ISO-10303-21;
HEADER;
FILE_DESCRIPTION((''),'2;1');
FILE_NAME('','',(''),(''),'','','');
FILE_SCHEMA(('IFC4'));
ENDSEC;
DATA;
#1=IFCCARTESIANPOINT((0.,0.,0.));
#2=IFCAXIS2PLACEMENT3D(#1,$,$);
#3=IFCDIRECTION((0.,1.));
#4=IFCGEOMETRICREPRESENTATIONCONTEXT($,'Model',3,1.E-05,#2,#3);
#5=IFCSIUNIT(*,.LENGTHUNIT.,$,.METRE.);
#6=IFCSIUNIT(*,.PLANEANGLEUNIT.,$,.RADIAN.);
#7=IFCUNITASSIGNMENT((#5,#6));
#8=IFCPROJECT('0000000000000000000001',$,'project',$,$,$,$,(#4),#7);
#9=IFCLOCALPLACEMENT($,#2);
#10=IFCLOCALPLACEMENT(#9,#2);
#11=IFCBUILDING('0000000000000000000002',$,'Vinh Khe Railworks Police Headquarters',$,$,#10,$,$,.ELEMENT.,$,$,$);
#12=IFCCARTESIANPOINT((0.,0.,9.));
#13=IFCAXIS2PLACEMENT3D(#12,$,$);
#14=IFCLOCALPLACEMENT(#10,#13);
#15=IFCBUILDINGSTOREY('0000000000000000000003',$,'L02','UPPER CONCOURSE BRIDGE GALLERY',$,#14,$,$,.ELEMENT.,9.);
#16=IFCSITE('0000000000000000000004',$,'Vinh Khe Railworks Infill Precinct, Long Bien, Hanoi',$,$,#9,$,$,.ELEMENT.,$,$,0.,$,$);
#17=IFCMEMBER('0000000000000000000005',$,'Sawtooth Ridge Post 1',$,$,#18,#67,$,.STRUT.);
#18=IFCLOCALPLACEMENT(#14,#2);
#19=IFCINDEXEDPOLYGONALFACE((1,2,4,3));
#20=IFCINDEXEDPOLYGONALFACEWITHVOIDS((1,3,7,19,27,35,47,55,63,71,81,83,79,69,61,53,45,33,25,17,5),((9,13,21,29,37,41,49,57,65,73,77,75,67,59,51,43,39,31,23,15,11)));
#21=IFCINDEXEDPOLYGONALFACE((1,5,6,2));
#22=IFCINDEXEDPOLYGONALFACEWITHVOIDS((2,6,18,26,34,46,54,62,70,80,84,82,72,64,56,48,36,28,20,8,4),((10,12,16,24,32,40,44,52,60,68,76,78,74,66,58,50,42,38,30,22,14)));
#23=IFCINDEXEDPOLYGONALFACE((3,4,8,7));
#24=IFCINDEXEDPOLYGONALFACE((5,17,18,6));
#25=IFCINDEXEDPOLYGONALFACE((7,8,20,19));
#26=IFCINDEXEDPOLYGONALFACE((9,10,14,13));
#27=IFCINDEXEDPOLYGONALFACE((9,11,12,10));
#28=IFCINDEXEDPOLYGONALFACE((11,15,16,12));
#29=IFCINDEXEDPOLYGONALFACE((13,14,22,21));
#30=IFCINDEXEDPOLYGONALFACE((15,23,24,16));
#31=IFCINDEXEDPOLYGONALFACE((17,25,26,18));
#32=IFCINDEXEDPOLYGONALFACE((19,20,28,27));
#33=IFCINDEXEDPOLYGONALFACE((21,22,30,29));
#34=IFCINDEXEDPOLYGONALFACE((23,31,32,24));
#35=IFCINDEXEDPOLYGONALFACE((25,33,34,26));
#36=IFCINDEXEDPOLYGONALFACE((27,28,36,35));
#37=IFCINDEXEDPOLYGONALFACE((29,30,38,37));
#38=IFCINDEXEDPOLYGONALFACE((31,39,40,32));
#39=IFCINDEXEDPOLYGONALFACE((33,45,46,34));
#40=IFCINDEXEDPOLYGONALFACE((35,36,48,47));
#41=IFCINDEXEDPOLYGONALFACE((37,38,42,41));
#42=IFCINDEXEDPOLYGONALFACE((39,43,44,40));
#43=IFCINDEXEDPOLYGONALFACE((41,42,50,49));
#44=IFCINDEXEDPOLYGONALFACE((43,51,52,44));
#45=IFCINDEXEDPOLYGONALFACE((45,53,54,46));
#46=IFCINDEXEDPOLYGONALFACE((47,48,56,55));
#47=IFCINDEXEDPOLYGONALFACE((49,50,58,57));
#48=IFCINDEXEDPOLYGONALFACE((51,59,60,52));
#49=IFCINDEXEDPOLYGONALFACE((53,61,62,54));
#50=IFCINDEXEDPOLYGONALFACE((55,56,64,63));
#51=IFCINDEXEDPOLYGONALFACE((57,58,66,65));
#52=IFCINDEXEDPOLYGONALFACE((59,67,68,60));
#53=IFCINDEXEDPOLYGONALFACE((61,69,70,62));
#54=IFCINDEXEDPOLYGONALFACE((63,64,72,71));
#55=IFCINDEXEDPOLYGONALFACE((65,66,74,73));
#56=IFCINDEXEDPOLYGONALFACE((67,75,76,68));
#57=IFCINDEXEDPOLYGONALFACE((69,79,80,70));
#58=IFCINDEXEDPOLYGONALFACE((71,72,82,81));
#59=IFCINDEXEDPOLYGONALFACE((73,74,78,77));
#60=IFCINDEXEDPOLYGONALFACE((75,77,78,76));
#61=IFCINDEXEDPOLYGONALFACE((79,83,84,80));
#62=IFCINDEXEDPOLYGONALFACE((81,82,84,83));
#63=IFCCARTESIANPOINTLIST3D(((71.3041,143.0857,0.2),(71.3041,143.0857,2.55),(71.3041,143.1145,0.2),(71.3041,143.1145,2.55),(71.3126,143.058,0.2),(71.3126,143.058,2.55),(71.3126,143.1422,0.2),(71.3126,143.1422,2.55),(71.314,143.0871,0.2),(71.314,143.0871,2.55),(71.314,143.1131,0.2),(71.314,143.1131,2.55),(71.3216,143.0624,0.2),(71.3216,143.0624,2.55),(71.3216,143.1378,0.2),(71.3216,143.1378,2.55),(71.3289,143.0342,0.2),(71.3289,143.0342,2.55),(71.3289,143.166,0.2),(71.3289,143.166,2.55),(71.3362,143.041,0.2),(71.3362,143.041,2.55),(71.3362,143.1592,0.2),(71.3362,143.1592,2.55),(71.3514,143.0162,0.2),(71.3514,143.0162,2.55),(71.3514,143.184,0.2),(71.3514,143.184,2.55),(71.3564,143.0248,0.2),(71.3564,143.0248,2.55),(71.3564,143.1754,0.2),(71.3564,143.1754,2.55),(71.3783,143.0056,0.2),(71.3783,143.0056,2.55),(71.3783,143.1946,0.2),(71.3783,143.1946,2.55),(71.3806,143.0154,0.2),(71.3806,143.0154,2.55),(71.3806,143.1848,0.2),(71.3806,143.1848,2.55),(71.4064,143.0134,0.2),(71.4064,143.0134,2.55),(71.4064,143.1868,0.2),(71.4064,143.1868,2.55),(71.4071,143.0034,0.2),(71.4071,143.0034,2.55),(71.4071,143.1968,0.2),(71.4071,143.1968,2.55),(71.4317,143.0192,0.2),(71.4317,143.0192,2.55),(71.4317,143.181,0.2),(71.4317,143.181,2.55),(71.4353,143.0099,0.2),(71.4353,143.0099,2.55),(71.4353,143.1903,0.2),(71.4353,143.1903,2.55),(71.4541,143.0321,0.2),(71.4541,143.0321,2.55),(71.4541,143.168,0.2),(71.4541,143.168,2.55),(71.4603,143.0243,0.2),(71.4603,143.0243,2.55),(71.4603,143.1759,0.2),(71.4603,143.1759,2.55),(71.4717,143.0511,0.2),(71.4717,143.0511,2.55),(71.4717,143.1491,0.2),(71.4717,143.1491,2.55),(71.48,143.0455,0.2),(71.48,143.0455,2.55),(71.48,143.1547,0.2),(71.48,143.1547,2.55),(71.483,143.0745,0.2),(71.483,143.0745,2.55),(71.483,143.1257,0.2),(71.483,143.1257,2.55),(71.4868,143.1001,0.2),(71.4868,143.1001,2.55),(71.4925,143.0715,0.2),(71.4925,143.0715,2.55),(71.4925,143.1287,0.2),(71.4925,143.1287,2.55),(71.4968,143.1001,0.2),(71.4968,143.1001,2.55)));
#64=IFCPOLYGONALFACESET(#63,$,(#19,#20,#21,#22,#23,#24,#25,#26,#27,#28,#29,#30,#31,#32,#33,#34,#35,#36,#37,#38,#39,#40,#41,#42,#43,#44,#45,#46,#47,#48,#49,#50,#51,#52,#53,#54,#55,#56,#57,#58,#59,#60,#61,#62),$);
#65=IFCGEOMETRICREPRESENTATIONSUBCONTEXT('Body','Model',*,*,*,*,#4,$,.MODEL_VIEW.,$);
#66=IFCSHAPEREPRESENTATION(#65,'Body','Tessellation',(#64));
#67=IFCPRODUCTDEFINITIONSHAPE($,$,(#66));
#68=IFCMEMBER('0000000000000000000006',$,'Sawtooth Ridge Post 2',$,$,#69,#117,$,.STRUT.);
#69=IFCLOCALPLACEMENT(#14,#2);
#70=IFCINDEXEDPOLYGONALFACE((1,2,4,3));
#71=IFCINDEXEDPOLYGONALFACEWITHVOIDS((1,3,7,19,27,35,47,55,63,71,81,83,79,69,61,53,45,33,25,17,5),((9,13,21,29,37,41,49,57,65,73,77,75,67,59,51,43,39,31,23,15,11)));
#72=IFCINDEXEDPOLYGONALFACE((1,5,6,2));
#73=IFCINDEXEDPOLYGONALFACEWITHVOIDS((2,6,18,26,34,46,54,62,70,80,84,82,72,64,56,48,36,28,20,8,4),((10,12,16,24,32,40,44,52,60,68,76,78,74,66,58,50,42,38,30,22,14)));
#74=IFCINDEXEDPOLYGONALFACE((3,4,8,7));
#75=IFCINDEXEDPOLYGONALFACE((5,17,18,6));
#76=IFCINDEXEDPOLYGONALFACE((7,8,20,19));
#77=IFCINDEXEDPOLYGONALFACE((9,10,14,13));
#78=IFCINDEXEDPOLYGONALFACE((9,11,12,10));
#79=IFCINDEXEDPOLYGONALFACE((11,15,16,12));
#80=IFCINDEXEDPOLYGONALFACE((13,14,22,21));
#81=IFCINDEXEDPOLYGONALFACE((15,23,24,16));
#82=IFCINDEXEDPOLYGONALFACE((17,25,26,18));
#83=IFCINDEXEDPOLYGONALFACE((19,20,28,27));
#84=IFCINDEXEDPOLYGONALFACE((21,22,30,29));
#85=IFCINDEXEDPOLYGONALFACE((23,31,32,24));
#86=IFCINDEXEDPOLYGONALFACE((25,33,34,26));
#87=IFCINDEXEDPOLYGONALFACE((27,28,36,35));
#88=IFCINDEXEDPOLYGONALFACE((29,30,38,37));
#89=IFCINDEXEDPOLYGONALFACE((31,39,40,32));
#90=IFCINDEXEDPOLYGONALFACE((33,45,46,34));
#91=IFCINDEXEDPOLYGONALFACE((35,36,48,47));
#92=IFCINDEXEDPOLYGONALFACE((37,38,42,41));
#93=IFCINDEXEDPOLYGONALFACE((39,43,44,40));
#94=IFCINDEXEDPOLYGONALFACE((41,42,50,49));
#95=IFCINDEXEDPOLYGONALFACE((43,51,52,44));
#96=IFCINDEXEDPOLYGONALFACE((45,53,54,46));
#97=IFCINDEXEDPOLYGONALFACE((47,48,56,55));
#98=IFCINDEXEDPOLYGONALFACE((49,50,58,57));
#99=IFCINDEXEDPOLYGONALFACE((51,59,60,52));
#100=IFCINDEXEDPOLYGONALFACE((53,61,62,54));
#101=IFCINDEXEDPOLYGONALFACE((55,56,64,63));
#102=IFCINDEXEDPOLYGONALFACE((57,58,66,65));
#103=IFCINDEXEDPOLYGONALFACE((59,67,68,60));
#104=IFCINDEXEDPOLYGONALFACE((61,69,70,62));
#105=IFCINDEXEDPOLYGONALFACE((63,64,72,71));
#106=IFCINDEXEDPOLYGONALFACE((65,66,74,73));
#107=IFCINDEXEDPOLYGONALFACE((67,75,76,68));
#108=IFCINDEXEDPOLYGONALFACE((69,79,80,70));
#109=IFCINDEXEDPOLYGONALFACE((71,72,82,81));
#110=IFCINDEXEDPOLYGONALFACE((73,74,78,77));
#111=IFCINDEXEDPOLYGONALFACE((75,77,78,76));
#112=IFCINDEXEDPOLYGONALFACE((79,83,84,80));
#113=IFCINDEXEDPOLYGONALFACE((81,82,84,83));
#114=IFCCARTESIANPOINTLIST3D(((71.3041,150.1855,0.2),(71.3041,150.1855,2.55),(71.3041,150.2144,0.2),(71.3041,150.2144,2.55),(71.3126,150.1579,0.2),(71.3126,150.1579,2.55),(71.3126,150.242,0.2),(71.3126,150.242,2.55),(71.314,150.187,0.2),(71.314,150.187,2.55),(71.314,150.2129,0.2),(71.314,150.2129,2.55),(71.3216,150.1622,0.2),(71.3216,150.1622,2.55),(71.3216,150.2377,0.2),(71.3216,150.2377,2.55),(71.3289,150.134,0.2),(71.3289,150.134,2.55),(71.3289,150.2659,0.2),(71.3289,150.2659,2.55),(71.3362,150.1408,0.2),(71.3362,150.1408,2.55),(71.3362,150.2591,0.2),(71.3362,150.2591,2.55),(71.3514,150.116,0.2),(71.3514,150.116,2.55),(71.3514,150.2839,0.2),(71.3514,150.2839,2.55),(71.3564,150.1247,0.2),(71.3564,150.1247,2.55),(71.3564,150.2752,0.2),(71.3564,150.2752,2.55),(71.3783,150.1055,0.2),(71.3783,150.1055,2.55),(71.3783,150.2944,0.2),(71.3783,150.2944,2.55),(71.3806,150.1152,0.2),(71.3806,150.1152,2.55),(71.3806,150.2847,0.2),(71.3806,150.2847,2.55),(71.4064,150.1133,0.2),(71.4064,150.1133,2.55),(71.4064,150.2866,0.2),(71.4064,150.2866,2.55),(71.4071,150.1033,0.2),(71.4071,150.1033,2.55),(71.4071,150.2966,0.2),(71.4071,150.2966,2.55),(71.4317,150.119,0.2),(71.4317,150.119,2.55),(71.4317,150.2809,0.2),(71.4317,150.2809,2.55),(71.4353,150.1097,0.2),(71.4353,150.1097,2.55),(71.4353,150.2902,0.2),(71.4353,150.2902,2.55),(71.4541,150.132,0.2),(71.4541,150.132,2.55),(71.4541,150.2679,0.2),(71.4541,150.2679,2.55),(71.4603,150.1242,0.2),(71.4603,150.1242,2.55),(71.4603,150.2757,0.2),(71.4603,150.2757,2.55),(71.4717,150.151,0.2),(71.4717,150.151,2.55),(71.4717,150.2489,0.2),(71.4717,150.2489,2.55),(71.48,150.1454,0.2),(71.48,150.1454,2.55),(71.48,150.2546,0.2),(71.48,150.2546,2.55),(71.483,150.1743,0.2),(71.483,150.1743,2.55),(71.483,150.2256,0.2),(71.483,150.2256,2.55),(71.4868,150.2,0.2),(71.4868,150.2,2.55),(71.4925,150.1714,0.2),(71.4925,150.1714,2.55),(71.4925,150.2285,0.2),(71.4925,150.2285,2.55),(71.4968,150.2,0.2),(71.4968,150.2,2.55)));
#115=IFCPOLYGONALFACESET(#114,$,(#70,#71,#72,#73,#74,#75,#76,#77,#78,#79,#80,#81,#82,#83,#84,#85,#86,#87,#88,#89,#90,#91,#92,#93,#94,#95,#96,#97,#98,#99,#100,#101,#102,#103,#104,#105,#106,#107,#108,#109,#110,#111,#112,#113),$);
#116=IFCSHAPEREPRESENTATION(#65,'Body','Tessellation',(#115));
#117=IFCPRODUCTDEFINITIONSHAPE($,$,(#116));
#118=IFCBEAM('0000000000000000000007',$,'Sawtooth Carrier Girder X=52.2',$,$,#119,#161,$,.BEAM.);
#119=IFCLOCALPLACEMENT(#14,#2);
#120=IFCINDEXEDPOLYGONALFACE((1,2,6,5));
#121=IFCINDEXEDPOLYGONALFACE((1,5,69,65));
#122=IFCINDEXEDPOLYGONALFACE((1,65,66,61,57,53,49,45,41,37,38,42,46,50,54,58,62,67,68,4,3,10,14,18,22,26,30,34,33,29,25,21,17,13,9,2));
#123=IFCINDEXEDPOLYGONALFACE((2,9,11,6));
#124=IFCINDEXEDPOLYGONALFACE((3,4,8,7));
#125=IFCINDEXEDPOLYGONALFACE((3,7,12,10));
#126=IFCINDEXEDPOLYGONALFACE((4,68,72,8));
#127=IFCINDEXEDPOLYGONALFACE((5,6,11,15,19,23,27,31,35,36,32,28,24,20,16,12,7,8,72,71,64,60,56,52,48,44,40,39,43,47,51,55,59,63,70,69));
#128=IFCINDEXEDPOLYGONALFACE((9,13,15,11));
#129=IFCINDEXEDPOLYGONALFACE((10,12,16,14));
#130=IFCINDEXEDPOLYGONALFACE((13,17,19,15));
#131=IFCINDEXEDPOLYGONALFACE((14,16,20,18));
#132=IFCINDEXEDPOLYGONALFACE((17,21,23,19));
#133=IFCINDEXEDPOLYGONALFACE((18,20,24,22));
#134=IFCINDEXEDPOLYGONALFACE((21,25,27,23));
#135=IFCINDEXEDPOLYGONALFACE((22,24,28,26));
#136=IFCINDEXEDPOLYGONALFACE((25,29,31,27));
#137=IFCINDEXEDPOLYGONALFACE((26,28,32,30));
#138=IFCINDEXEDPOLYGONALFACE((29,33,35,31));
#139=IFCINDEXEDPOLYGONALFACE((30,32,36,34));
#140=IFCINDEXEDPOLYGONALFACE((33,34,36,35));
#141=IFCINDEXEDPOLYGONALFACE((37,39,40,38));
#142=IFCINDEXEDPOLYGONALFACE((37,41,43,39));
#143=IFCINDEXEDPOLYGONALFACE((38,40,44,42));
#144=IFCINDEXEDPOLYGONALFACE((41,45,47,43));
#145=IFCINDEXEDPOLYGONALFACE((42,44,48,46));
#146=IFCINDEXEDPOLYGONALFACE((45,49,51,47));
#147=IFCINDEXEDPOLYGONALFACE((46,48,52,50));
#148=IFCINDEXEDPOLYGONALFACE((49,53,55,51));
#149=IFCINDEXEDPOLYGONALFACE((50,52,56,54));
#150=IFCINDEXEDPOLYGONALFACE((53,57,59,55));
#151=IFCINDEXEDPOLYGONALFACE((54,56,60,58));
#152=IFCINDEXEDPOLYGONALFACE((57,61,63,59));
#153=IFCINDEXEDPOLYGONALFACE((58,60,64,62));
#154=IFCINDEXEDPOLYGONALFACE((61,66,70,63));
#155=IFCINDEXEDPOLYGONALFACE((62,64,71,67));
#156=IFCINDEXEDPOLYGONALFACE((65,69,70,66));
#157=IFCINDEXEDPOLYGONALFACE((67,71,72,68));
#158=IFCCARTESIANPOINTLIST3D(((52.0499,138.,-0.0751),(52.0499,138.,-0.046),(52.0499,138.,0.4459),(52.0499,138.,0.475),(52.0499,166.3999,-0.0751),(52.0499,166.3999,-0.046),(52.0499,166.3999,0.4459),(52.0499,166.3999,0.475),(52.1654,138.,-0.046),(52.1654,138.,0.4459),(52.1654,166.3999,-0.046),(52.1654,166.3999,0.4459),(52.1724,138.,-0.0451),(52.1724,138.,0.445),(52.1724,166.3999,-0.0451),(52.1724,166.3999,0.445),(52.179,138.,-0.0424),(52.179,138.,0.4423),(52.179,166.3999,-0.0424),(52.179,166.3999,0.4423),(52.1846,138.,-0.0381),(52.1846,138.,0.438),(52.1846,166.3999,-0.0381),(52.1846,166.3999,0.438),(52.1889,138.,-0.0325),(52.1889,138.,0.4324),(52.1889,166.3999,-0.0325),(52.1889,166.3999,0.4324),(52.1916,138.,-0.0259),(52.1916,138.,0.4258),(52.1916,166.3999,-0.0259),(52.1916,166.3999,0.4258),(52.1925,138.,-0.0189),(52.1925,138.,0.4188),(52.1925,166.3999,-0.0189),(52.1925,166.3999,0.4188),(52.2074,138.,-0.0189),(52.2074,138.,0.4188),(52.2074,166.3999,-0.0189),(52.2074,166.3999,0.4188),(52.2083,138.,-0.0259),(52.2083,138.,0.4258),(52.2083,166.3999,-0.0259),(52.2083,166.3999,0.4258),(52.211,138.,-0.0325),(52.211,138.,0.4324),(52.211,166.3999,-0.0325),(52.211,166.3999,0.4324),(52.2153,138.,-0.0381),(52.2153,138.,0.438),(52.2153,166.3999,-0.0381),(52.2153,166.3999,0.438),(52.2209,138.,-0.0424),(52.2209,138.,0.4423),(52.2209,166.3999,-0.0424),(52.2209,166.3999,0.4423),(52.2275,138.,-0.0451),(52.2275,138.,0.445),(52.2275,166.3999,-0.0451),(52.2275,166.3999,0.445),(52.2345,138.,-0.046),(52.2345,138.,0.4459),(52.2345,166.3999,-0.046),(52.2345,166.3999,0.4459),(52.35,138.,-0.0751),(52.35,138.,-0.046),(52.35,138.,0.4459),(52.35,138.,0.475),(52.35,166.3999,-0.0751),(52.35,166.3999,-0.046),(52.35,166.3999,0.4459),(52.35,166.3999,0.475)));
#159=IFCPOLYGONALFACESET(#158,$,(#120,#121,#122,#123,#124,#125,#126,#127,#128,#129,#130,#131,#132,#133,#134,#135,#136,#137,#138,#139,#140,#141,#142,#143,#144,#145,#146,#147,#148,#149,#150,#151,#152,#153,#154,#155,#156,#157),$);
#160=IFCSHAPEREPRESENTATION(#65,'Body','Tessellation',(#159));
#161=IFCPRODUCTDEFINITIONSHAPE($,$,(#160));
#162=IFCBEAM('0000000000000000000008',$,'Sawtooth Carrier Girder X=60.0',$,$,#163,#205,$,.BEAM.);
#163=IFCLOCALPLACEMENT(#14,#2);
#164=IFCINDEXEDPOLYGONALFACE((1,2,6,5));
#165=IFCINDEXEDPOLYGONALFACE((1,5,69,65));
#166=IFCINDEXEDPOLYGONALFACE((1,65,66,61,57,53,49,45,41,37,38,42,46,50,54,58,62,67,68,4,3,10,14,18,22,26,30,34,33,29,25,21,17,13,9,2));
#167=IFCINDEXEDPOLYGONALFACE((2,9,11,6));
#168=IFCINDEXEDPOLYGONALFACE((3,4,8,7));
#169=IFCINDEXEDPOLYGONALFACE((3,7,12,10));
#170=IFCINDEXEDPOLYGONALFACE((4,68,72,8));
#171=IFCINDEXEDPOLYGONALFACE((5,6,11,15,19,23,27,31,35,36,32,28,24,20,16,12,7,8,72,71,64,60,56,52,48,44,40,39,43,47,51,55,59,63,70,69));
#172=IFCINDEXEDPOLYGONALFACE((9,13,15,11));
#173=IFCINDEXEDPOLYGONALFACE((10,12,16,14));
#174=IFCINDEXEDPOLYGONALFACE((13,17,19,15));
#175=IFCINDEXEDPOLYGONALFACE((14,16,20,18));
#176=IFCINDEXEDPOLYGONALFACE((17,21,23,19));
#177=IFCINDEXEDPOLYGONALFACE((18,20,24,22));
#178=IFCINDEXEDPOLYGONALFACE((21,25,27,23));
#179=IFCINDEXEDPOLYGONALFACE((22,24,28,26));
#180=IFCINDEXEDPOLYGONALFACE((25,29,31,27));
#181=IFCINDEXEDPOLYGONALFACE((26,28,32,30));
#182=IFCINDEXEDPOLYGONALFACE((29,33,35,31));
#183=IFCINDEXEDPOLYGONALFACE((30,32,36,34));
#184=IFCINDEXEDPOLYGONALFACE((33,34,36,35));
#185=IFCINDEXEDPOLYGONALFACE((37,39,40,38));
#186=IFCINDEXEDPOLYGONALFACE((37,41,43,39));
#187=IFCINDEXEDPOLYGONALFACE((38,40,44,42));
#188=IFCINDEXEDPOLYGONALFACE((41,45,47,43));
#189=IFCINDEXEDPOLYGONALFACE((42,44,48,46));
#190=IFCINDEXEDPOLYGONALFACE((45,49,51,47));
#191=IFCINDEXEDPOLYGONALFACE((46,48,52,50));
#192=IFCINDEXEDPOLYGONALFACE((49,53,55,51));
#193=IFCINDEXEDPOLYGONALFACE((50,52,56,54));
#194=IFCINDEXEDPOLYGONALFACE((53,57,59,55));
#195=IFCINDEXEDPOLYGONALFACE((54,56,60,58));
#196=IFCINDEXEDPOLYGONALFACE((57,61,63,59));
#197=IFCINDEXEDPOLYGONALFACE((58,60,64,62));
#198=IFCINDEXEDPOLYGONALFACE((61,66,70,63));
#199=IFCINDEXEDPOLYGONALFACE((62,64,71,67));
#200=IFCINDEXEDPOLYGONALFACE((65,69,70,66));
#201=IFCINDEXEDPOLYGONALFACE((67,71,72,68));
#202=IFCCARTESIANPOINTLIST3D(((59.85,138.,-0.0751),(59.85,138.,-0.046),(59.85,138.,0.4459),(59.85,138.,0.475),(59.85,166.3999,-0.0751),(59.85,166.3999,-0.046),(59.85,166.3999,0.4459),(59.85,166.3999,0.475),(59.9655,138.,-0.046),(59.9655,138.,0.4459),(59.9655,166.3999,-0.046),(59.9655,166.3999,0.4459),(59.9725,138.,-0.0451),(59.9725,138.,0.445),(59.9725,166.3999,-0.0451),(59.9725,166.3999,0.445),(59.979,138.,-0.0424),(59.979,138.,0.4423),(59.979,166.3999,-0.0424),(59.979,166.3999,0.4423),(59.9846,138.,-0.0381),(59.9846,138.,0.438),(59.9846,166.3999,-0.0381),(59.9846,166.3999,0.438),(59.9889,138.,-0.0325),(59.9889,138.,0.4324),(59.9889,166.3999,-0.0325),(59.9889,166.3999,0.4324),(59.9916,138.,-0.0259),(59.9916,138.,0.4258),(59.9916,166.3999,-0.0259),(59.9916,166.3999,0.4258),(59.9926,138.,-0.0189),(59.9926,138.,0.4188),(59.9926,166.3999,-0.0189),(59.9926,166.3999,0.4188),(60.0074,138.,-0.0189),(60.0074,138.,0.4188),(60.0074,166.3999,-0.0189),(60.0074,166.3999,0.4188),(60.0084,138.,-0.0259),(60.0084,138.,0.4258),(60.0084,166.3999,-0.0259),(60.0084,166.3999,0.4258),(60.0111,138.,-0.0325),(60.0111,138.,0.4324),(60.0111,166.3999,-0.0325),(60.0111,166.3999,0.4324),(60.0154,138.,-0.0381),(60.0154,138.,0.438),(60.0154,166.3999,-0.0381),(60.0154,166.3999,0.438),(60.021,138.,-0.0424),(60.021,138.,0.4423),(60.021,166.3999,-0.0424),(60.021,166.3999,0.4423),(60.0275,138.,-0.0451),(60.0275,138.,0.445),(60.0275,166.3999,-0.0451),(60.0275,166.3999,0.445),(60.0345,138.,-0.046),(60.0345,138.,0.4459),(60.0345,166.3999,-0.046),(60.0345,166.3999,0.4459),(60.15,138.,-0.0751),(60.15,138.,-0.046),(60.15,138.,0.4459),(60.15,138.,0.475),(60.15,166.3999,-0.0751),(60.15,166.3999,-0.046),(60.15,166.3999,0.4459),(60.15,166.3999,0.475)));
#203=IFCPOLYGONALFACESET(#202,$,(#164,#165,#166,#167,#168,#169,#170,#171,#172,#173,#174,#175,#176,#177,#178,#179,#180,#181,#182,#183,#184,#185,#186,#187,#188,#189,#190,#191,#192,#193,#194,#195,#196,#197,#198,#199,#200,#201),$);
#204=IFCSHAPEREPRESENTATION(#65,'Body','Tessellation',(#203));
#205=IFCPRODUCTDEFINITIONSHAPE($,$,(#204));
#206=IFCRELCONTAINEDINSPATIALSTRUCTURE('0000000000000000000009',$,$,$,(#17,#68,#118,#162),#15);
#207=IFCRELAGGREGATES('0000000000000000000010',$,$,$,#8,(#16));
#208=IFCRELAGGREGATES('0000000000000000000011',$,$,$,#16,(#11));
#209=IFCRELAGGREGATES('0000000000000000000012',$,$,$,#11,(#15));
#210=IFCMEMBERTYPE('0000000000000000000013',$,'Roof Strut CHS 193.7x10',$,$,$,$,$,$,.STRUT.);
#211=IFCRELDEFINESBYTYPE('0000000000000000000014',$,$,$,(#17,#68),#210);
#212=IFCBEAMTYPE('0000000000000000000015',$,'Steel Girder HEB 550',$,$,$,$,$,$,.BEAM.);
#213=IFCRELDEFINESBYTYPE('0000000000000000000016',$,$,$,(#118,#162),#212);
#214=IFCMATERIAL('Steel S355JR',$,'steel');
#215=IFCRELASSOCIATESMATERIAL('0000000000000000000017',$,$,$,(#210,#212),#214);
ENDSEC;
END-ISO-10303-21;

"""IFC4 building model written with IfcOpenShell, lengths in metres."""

from ifc_helpers import new_model, si_unit, direction, frame, origin, origin_2d, place, context, subcontext, project, spatial, hollow_circle, i_section, extrude, material, material_profile, profile_set, type_object, element, save


model = new_model("IFC4")

# Units and contexts
model_context = context("Model", 3, precision=1e-05, world=origin(), true_north=direction((0.0, 1.0)))
body_context = subcontext(model_context, "Body", "Model", "MODEL_VIEW")
ifc_project = project(units=[si_unit("LENGTHUNIT", "METRE"), si_unit("PLANEANGLEUNIT", "RADIAN")], contexts=[model_context])

# Site, building, storey
site_placement = place(None, origin())
site = spatial("IfcSite", under=ifc_project, at=site_placement, Name="Vinh Khe Railworks Infill Precinct, Long Bien, Hanoi", CompositionType="ELEMENT", RefElevation=0.0)
building_placement = place(site_placement, origin())
building = spatial("IfcBuilding", under=site, at=building_placement, Name="Vinh Khe Railworks Police Headquarters", CompositionType="ELEMENT")
storey_placement = place(building_placement, frame((0.0, 0.0, 9.0)))
storey = spatial("IfcBuildingStorey", under=building, at=storey_placement, Name="L02", Description="UPPER CONCOURSE BRIDGE GALLERY", CompositionType="ELEMENT", Elevation=9.0)

# Members
ifc_material = material(Name="Steel S355JR", Category="steel")
ifc_material_profile_1 = material_profile(ifc_material, hollow_circle(Radius=0.0969, WallThickness=0.01, at=origin_2d()), Name="CHS 193.7x10")
ifc_profile_set_1 = profile_set([ifc_material_profile_1], Name="Steel S355JR")
member_type = type_object("IfcMemberType", Name="Roof Strut CHS 193.7x10", PredefinedType="STRUT", material=ifc_profile_set_1)
for number, where, z_axis, x_axis, name in (
    (1, (71.3999, 143.1001, 0.2), (0.0, 0.0, 1.0), (1.0, 0.0, 0.0), "Sawtooth Ridge Post 1"),
    (2, (71.3999, 150.2, 0.2), (0.0, 0.0, 1.0), (1.0, 0.0, 0.0), "Sawtooth Ridge Post 2"),
):
    element("IfcMember", number, at=place(storey_placement, frame(where, z_axis=z_axis, x_axis=x_axis)), inside=storey, type_object=member_type, Name=name, PredefinedType="STRUT", context=body_context, shape_type="SweptSolid", body=[
        extrude(hollow_circle(Radius=0.0969, WallThickness=0.01, at=origin_2d()), origin(), (0.0, 0.0, 1.0), 2.3501),
    ])

# Beams
ifc_material_profile_2 = material_profile(ifc_material, i_section(OverallWidth=0.3, OverallDepth=0.55, WebThickness=0.0149, FlangeThickness=0.0291, FilletRadius=0.0271, at=origin_2d()), Name="HEB 550")
ifc_profile_set_2 = profile_set([ifc_material_profile_2], Name="Steel S355JR")
beam_type_1 = type_object("IfcBeamType", Name="Steel Girder HEB 550", PredefinedType="BEAM", material=ifc_profile_set_2)
for number, where, z_axis, x_axis, name in (
    (3, (52.2, 138.0, 0.2), (0.0, 1.0, 0.0), (-1.0, 0.0, 0.0), "Sawtooth Carrier Girder X=52.2"),
    (4, (60.0, 138.0, 0.2), (0.0, 1.0, 0.0), (-1.0, 0.0, 0.0), "Sawtooth Carrier Girder X=60.0"),
):
    element("IfcBeam", number, at=place(storey_placement, frame(where, z_axis=z_axis, x_axis=x_axis)), inside=storey, type_object=beam_type_1, Name=name, PredefinedType="BEAM", context=body_context, shape_type="SweptSolid", body=[
        extrude(i_section(OverallWidth=0.3, OverallDepth=0.55, WebThickness=0.0149, FlangeThickness=0.0291, FilletRadius=0.0271, at=origin_2d()), origin(), (0.0, 0.0, 1.0), 28.3999),
    ])

save(model, "model.ifc")
